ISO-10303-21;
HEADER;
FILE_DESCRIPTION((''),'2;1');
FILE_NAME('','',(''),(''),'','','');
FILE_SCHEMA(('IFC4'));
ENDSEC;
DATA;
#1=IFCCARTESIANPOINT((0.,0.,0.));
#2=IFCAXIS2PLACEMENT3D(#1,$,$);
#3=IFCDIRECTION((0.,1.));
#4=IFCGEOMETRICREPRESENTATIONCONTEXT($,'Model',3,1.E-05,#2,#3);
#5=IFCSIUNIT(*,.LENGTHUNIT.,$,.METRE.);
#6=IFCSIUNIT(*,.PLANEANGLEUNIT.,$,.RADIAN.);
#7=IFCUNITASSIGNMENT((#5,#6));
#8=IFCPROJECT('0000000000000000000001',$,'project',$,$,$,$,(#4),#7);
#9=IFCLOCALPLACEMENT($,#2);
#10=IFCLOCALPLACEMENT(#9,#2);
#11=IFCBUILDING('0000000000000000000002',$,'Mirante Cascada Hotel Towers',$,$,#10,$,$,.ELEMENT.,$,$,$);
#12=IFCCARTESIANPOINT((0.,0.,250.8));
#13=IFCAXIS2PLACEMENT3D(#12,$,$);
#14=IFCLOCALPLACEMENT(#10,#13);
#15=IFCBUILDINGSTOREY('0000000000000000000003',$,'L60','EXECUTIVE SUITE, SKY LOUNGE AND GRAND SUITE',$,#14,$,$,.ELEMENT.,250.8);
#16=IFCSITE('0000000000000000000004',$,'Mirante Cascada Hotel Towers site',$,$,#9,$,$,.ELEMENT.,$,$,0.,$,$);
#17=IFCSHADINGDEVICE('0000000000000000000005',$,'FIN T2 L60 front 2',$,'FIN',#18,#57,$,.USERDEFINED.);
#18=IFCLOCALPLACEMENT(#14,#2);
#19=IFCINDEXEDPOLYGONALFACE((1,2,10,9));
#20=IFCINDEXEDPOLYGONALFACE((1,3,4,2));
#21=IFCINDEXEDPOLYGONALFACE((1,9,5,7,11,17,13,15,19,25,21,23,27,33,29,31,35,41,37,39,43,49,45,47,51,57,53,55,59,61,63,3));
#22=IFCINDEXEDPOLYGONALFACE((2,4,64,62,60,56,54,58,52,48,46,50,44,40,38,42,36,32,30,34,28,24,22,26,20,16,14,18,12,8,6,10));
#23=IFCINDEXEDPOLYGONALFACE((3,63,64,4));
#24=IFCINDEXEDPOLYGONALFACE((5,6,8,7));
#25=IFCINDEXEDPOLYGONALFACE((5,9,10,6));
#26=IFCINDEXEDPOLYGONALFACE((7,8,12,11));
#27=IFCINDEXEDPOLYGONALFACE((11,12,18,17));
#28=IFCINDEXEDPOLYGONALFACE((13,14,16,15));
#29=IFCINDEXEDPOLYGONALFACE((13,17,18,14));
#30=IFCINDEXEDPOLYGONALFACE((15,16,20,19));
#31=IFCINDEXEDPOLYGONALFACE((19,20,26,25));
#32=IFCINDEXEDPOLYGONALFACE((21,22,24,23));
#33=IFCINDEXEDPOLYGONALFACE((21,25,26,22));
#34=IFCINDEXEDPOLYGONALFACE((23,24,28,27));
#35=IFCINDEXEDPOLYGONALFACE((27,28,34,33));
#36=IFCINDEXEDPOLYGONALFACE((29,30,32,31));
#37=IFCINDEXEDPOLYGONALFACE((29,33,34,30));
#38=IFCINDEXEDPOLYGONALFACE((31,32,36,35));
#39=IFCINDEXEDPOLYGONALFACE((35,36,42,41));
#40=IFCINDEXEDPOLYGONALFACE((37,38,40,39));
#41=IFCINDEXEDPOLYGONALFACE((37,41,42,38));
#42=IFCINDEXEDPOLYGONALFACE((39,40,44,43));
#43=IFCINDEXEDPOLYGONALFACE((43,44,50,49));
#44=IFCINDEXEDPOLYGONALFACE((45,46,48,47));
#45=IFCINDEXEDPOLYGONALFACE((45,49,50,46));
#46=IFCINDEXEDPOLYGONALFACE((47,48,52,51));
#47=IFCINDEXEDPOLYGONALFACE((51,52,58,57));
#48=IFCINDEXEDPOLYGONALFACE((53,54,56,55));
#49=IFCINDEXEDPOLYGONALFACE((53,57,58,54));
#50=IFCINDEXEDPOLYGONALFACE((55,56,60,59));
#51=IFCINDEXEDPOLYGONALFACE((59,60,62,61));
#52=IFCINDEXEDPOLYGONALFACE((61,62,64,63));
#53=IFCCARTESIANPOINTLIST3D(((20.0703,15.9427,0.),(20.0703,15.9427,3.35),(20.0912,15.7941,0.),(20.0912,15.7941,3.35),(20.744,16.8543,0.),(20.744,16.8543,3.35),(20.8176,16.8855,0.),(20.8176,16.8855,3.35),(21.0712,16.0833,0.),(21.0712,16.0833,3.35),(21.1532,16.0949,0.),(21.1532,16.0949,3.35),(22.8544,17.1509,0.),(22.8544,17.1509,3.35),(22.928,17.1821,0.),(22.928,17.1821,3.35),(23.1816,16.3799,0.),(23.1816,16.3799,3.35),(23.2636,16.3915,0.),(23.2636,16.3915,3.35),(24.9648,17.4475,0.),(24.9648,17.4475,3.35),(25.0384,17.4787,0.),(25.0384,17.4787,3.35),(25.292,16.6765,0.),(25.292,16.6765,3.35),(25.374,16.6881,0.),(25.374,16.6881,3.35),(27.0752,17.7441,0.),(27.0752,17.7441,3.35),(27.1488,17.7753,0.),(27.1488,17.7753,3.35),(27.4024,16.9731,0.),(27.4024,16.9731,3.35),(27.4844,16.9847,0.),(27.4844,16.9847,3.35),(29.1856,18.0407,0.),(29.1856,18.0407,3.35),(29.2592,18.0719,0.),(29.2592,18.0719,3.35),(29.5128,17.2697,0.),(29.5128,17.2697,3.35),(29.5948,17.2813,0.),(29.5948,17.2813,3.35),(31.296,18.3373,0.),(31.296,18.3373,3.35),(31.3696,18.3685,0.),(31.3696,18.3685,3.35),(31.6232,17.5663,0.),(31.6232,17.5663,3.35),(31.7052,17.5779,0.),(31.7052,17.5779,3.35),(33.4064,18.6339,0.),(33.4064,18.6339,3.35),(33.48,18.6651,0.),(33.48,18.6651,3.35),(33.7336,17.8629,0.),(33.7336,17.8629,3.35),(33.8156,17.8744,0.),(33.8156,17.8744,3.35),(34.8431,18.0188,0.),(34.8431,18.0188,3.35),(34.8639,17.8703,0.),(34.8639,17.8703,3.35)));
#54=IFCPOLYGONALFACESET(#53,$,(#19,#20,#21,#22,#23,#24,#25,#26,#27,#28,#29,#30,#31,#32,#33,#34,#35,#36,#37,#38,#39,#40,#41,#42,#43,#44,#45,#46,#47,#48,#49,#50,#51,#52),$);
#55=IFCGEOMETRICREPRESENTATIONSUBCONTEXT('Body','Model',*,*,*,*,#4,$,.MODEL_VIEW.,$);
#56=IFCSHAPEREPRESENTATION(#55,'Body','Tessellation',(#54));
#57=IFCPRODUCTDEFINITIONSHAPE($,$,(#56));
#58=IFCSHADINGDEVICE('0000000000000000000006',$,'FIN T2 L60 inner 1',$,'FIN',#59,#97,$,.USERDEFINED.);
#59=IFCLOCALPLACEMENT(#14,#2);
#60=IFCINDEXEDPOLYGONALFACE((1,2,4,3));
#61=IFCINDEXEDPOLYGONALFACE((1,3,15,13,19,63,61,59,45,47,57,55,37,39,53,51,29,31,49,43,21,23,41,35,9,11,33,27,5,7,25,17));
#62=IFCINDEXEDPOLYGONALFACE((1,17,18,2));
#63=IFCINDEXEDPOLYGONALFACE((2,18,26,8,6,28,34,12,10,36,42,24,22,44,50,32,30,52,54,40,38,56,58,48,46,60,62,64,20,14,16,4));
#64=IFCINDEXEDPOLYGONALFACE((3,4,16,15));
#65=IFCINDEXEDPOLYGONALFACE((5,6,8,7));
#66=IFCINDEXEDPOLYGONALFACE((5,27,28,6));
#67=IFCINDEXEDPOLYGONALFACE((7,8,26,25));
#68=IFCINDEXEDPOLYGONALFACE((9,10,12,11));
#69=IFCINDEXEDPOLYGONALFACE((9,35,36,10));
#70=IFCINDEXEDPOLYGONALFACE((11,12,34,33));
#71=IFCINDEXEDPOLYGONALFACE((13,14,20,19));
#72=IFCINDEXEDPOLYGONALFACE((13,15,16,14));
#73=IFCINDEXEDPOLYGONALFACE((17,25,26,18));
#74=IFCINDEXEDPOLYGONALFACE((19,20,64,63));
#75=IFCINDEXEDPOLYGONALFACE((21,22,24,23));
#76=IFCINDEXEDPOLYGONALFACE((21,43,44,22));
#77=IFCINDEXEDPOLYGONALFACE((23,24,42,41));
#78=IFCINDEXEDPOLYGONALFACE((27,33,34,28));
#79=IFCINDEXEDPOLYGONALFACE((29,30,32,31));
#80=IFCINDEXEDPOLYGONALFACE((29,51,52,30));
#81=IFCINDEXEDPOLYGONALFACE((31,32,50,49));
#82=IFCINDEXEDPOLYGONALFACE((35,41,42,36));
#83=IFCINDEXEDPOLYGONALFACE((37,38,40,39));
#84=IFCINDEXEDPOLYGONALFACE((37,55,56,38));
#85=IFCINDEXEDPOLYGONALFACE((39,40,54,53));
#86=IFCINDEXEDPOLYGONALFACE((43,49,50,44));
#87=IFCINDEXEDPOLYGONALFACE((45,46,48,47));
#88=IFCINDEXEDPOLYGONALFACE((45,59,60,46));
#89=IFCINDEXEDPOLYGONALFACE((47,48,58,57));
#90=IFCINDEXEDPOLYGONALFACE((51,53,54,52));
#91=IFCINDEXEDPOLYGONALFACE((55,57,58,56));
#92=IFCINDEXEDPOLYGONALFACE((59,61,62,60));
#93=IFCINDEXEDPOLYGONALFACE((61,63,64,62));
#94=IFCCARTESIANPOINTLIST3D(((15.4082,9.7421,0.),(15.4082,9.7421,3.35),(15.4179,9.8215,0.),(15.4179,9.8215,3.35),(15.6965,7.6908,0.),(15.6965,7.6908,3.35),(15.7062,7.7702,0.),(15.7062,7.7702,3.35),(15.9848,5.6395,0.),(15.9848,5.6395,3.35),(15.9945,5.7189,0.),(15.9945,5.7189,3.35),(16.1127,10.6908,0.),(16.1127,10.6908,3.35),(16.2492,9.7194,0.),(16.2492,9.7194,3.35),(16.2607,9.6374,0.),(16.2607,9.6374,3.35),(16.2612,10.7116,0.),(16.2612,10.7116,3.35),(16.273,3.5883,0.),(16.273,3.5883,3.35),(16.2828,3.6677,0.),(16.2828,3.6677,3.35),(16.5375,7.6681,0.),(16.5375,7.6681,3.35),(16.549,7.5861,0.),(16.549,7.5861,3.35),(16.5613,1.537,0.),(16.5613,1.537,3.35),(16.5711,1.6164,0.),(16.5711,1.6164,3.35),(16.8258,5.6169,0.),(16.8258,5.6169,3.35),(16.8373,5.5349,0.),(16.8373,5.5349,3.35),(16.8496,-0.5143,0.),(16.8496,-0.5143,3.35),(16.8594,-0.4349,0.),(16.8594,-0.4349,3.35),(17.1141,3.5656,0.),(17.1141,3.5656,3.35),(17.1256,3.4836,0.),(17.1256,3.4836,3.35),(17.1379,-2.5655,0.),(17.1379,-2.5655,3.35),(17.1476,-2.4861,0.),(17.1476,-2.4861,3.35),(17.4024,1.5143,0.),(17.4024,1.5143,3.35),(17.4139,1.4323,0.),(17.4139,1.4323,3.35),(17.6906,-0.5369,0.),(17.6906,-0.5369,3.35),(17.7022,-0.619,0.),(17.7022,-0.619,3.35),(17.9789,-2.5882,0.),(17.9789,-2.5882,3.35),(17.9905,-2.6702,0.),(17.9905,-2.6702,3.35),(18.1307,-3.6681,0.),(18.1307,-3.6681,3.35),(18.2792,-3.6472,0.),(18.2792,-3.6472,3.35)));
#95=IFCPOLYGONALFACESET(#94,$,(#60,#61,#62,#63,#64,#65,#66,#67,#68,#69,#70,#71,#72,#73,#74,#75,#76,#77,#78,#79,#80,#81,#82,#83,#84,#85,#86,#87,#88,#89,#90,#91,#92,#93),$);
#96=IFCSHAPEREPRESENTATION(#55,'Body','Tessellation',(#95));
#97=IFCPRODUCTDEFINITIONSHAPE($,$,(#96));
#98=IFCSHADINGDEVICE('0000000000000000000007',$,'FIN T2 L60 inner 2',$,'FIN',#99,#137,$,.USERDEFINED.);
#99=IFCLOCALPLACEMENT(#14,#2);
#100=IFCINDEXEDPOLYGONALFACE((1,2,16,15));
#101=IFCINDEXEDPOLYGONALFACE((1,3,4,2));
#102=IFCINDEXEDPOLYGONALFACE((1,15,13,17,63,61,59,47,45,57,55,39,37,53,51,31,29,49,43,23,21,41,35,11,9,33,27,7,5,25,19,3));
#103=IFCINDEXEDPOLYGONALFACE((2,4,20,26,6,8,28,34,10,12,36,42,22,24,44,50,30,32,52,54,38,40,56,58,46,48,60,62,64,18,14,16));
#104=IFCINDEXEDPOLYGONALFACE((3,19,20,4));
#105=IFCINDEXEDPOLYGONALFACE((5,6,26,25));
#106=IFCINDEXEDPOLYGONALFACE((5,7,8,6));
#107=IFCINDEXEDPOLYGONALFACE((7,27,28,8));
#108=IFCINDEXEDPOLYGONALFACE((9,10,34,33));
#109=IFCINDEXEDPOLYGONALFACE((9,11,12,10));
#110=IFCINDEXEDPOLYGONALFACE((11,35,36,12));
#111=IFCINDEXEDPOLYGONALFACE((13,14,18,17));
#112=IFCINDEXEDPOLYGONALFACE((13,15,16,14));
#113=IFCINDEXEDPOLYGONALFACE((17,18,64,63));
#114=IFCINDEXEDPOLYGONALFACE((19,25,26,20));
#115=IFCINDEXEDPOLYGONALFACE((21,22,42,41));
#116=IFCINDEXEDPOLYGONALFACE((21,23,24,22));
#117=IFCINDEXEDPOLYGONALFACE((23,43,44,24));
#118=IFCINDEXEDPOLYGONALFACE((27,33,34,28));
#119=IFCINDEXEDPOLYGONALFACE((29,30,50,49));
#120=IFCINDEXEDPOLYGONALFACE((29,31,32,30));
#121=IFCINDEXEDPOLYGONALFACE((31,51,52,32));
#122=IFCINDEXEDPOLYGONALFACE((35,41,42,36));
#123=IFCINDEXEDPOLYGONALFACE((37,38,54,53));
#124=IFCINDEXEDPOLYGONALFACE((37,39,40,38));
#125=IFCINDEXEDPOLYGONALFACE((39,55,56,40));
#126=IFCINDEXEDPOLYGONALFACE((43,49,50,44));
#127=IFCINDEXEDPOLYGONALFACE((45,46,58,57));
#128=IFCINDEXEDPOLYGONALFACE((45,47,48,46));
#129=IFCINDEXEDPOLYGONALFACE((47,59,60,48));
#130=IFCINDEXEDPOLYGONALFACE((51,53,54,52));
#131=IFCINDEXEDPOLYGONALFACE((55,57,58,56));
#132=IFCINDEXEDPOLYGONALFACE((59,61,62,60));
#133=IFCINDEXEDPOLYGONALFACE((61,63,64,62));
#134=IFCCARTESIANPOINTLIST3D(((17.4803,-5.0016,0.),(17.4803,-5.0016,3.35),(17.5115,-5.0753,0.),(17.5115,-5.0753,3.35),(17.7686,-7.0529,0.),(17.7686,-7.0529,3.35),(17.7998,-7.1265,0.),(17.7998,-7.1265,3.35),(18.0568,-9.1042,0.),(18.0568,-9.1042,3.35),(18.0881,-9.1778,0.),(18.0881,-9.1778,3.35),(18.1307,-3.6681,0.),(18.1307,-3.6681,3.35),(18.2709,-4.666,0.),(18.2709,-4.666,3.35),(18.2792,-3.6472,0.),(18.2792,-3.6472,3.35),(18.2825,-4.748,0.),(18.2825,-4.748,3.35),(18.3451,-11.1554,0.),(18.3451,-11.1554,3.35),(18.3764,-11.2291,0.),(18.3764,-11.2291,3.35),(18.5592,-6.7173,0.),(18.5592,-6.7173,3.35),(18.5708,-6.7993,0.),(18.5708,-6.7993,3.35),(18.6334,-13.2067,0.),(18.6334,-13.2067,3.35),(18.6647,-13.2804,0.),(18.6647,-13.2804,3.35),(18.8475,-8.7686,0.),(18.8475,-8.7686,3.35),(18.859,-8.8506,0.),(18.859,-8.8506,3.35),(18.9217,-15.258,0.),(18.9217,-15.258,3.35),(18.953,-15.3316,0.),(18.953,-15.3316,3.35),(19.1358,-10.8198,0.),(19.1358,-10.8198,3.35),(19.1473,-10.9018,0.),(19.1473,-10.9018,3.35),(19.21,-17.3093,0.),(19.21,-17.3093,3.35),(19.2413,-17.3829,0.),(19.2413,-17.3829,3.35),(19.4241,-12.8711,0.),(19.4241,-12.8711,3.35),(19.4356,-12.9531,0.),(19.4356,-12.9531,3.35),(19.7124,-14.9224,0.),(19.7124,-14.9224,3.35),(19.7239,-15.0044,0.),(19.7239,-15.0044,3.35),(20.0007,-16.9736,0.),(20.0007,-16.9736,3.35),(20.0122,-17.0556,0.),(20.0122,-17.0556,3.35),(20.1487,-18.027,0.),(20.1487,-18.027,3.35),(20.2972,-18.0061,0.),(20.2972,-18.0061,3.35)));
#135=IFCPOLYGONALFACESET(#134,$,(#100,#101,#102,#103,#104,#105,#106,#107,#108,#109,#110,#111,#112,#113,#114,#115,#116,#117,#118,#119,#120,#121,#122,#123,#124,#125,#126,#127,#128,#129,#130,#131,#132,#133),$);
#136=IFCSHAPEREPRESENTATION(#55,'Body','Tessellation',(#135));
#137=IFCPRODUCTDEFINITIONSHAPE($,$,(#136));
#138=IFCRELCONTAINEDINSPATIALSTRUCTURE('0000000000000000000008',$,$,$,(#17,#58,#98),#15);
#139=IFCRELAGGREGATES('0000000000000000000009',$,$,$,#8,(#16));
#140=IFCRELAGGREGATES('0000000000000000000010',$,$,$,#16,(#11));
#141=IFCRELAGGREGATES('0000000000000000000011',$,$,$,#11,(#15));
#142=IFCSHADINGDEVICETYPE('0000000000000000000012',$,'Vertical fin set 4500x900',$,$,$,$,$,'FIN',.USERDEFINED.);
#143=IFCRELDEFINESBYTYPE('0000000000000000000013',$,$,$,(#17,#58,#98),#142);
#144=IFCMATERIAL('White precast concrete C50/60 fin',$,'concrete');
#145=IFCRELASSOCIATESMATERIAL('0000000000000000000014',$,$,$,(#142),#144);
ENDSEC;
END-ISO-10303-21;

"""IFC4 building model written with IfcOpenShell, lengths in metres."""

from ifc_helpers import new_model, si_unit, direction, frame, origin, place, context, subcontext, project, spatial, polyline, outline, extrude, material, type_object, element, save


model = new_model("IFC4")

# Units and contexts
model_context = context("Model", 3, precision=1e-05, world=origin(), true_north=direction((0.0, 1.0)))
body_context = subcontext(model_context, "Body", "Model", "MODEL_VIEW")
ifc_project = project(units=[si_unit("LENGTHUNIT", "METRE"), si_unit("PLANEANGLEUNIT", "RADIAN")], contexts=[model_context])

# Site, building, storey
site_placement = place(None, origin())
site = spatial("IfcSite", under=ifc_project, at=site_placement, Name="Mirante Cascada Hotel Towers site", CompositionType="ELEMENT", RefElevation=0.0)
building_placement = place(site_placement, origin())
building = spatial("IfcBuilding", under=site, at=building_placement, Name="Mirante Cascada Hotel Towers", CompositionType="ELEMENT")
storey_placement = place(building_placement, frame((0.0, 0.0, 250.8)))
storey = spatial("IfcBuildingStorey", under=building, at=storey_placement, Name="L60", Description="EXECUTIVE SUITE, SKY LOUNGE AND GRAND SUITE", CompositionType="ELEMENT", Elevation=250.8)

# Shading devices
ifc_material_1 = material(Name="White precast concrete C50/60 fin", Category="concrete")
shading_device_type = type_object("IfcShadingDeviceType", Name="Vertical fin set 4500x900", ElementType="FIN", PredefinedType="USERDEFINED", material=ifc_material_1)
shading_device_1_placement = place(storey_placement, origin())
element("IfcShadingDevice", 1, at=shading_device_1_placement, inside=storey, type_object=shading_device_type, Name="FIN T2 L60 front 2", ObjectType="FIN", PredefinedType="USERDEFINED", context=body_context, shape_type="SweptSolid", body=[
    extrude(outline(polyline([(20.8176, 16.8855), (21.1532, 16.0949), (23.1816, 16.3799), (22.8544, 17.1509), (22.928, 17.1821), (23.2636, 16.3915), (25.292, 16.6765), (24.9648, 17.4475), (25.0384, 17.4787), (25.374, 16.6881), (27.4024, 16.9731), (27.0752, 17.7441), (27.1488, 17.7753), (27.4844, 16.9847), (29.5128, 17.2697), (29.1856, 18.0407), (29.2592, 18.0719), (29.5948, 17.2813), (31.6232, 17.5663), (31.296, 18.3373), (31.3696, 18.3685), (31.7052, 17.5779), (33.7336, 17.8629), (33.4064, 18.6339), (33.48, 18.6651), (33.8156, 17.8744), (34.8431, 18.0188), (34.8639, 17.8703), (20.0912, 15.7941), (20.0703, 15.9427), (21.0712, 16.0833), (20.744, 16.8543), (20.8176, 16.8855)])), origin(), (0.0, 0.0, 1.0), 3.35),
])
shading_device_2_placement = place(storey_placement, origin())
element("IfcShadingDevice", 2, at=shading_device_2_placement, inside=storey, type_object=shading_device_type, Name="FIN T2 L60 inner 1", ObjectType="FIN", PredefinedType="USERDEFINED", context=body_context, shape_type="SweptSolid", body=[
    extrude(outline(polyline([(17.1476, -2.4861), (17.9789, -2.5882), (17.7022, -0.619), (16.8496, -0.5143), (16.8594, -0.4349), (17.6906, -0.5369), (17.4139, 1.4323), (16.5613, 1.537), (16.5711, 1.6164), (17.4024, 1.5143), (17.1256, 3.4836), (16.273, 3.5883), (16.2828, 3.6677), (17.1141, 3.5656), (16.8373, 5.5349), (15.9848, 5.6395), (15.9945, 5.7189), (16.8258, 5.6169), (16.549, 7.5861), (15.6965, 7.6908), (15.7062, 7.7702), (16.5375, 7.6681), (16.2607, 9.6374), (15.4082, 9.7421), (15.4179, 9.8215), (16.2492, 9.7194), (16.1127, 10.6908), (16.2612, 10.7116), (18.2792, -3.6472), (18.1307, -3.6681), (17.9905, -2.6702), (17.1379, -2.5655), (17.1476, -2.4861)])), origin(), (0.0, 0.0, 1.0), 3.35),
])
shading_device_3_placement = place(storey_placement, origin())
element("IfcShadingDevice", 3, at=shading_device_3_placement, inside=storey, type_object=shading_device_type, Name="FIN T2 L60 inner 2", ObjectType="FIN", PredefinedType="USERDEFINED", context=body_context, shape_type="SweptSolid", body=[
    extrude(outline(polyline([(19.21, -17.3093), (20.0007, -16.9736), (19.7239, -15.0044), (18.953, -15.3316), (18.9217, -15.258), (19.7124, -14.9224), (19.4356, -12.9531), (18.6647, -13.2804), (18.6334, -13.2067), (19.4241, -12.8711), (19.1473, -10.9018), (18.3764, -11.2291), (18.3451, -11.1554), (19.1358, -10.8198), (18.859, -8.8506), (18.0881, -9.1778), (18.0568, -9.1042), (18.8475, -8.7686), (18.5708, -6.7993), (17.7998, -7.1265), (17.7686, -7.0529), (18.5592, -6.7173), (18.2825, -4.748), (17.5115, -5.0753), (17.4803, -5.0016), (18.2709, -4.666), (18.1307, -3.6681), (18.2792, -3.6472), (20.2972, -18.0061), (20.1487, -18.027), (20.0122, -17.0556), (19.2413, -17.3829), (19.21, -17.3093)])), origin(), (0.0, 0.0, 1.0), 3.35),
])

save(model, "model.ifc")
